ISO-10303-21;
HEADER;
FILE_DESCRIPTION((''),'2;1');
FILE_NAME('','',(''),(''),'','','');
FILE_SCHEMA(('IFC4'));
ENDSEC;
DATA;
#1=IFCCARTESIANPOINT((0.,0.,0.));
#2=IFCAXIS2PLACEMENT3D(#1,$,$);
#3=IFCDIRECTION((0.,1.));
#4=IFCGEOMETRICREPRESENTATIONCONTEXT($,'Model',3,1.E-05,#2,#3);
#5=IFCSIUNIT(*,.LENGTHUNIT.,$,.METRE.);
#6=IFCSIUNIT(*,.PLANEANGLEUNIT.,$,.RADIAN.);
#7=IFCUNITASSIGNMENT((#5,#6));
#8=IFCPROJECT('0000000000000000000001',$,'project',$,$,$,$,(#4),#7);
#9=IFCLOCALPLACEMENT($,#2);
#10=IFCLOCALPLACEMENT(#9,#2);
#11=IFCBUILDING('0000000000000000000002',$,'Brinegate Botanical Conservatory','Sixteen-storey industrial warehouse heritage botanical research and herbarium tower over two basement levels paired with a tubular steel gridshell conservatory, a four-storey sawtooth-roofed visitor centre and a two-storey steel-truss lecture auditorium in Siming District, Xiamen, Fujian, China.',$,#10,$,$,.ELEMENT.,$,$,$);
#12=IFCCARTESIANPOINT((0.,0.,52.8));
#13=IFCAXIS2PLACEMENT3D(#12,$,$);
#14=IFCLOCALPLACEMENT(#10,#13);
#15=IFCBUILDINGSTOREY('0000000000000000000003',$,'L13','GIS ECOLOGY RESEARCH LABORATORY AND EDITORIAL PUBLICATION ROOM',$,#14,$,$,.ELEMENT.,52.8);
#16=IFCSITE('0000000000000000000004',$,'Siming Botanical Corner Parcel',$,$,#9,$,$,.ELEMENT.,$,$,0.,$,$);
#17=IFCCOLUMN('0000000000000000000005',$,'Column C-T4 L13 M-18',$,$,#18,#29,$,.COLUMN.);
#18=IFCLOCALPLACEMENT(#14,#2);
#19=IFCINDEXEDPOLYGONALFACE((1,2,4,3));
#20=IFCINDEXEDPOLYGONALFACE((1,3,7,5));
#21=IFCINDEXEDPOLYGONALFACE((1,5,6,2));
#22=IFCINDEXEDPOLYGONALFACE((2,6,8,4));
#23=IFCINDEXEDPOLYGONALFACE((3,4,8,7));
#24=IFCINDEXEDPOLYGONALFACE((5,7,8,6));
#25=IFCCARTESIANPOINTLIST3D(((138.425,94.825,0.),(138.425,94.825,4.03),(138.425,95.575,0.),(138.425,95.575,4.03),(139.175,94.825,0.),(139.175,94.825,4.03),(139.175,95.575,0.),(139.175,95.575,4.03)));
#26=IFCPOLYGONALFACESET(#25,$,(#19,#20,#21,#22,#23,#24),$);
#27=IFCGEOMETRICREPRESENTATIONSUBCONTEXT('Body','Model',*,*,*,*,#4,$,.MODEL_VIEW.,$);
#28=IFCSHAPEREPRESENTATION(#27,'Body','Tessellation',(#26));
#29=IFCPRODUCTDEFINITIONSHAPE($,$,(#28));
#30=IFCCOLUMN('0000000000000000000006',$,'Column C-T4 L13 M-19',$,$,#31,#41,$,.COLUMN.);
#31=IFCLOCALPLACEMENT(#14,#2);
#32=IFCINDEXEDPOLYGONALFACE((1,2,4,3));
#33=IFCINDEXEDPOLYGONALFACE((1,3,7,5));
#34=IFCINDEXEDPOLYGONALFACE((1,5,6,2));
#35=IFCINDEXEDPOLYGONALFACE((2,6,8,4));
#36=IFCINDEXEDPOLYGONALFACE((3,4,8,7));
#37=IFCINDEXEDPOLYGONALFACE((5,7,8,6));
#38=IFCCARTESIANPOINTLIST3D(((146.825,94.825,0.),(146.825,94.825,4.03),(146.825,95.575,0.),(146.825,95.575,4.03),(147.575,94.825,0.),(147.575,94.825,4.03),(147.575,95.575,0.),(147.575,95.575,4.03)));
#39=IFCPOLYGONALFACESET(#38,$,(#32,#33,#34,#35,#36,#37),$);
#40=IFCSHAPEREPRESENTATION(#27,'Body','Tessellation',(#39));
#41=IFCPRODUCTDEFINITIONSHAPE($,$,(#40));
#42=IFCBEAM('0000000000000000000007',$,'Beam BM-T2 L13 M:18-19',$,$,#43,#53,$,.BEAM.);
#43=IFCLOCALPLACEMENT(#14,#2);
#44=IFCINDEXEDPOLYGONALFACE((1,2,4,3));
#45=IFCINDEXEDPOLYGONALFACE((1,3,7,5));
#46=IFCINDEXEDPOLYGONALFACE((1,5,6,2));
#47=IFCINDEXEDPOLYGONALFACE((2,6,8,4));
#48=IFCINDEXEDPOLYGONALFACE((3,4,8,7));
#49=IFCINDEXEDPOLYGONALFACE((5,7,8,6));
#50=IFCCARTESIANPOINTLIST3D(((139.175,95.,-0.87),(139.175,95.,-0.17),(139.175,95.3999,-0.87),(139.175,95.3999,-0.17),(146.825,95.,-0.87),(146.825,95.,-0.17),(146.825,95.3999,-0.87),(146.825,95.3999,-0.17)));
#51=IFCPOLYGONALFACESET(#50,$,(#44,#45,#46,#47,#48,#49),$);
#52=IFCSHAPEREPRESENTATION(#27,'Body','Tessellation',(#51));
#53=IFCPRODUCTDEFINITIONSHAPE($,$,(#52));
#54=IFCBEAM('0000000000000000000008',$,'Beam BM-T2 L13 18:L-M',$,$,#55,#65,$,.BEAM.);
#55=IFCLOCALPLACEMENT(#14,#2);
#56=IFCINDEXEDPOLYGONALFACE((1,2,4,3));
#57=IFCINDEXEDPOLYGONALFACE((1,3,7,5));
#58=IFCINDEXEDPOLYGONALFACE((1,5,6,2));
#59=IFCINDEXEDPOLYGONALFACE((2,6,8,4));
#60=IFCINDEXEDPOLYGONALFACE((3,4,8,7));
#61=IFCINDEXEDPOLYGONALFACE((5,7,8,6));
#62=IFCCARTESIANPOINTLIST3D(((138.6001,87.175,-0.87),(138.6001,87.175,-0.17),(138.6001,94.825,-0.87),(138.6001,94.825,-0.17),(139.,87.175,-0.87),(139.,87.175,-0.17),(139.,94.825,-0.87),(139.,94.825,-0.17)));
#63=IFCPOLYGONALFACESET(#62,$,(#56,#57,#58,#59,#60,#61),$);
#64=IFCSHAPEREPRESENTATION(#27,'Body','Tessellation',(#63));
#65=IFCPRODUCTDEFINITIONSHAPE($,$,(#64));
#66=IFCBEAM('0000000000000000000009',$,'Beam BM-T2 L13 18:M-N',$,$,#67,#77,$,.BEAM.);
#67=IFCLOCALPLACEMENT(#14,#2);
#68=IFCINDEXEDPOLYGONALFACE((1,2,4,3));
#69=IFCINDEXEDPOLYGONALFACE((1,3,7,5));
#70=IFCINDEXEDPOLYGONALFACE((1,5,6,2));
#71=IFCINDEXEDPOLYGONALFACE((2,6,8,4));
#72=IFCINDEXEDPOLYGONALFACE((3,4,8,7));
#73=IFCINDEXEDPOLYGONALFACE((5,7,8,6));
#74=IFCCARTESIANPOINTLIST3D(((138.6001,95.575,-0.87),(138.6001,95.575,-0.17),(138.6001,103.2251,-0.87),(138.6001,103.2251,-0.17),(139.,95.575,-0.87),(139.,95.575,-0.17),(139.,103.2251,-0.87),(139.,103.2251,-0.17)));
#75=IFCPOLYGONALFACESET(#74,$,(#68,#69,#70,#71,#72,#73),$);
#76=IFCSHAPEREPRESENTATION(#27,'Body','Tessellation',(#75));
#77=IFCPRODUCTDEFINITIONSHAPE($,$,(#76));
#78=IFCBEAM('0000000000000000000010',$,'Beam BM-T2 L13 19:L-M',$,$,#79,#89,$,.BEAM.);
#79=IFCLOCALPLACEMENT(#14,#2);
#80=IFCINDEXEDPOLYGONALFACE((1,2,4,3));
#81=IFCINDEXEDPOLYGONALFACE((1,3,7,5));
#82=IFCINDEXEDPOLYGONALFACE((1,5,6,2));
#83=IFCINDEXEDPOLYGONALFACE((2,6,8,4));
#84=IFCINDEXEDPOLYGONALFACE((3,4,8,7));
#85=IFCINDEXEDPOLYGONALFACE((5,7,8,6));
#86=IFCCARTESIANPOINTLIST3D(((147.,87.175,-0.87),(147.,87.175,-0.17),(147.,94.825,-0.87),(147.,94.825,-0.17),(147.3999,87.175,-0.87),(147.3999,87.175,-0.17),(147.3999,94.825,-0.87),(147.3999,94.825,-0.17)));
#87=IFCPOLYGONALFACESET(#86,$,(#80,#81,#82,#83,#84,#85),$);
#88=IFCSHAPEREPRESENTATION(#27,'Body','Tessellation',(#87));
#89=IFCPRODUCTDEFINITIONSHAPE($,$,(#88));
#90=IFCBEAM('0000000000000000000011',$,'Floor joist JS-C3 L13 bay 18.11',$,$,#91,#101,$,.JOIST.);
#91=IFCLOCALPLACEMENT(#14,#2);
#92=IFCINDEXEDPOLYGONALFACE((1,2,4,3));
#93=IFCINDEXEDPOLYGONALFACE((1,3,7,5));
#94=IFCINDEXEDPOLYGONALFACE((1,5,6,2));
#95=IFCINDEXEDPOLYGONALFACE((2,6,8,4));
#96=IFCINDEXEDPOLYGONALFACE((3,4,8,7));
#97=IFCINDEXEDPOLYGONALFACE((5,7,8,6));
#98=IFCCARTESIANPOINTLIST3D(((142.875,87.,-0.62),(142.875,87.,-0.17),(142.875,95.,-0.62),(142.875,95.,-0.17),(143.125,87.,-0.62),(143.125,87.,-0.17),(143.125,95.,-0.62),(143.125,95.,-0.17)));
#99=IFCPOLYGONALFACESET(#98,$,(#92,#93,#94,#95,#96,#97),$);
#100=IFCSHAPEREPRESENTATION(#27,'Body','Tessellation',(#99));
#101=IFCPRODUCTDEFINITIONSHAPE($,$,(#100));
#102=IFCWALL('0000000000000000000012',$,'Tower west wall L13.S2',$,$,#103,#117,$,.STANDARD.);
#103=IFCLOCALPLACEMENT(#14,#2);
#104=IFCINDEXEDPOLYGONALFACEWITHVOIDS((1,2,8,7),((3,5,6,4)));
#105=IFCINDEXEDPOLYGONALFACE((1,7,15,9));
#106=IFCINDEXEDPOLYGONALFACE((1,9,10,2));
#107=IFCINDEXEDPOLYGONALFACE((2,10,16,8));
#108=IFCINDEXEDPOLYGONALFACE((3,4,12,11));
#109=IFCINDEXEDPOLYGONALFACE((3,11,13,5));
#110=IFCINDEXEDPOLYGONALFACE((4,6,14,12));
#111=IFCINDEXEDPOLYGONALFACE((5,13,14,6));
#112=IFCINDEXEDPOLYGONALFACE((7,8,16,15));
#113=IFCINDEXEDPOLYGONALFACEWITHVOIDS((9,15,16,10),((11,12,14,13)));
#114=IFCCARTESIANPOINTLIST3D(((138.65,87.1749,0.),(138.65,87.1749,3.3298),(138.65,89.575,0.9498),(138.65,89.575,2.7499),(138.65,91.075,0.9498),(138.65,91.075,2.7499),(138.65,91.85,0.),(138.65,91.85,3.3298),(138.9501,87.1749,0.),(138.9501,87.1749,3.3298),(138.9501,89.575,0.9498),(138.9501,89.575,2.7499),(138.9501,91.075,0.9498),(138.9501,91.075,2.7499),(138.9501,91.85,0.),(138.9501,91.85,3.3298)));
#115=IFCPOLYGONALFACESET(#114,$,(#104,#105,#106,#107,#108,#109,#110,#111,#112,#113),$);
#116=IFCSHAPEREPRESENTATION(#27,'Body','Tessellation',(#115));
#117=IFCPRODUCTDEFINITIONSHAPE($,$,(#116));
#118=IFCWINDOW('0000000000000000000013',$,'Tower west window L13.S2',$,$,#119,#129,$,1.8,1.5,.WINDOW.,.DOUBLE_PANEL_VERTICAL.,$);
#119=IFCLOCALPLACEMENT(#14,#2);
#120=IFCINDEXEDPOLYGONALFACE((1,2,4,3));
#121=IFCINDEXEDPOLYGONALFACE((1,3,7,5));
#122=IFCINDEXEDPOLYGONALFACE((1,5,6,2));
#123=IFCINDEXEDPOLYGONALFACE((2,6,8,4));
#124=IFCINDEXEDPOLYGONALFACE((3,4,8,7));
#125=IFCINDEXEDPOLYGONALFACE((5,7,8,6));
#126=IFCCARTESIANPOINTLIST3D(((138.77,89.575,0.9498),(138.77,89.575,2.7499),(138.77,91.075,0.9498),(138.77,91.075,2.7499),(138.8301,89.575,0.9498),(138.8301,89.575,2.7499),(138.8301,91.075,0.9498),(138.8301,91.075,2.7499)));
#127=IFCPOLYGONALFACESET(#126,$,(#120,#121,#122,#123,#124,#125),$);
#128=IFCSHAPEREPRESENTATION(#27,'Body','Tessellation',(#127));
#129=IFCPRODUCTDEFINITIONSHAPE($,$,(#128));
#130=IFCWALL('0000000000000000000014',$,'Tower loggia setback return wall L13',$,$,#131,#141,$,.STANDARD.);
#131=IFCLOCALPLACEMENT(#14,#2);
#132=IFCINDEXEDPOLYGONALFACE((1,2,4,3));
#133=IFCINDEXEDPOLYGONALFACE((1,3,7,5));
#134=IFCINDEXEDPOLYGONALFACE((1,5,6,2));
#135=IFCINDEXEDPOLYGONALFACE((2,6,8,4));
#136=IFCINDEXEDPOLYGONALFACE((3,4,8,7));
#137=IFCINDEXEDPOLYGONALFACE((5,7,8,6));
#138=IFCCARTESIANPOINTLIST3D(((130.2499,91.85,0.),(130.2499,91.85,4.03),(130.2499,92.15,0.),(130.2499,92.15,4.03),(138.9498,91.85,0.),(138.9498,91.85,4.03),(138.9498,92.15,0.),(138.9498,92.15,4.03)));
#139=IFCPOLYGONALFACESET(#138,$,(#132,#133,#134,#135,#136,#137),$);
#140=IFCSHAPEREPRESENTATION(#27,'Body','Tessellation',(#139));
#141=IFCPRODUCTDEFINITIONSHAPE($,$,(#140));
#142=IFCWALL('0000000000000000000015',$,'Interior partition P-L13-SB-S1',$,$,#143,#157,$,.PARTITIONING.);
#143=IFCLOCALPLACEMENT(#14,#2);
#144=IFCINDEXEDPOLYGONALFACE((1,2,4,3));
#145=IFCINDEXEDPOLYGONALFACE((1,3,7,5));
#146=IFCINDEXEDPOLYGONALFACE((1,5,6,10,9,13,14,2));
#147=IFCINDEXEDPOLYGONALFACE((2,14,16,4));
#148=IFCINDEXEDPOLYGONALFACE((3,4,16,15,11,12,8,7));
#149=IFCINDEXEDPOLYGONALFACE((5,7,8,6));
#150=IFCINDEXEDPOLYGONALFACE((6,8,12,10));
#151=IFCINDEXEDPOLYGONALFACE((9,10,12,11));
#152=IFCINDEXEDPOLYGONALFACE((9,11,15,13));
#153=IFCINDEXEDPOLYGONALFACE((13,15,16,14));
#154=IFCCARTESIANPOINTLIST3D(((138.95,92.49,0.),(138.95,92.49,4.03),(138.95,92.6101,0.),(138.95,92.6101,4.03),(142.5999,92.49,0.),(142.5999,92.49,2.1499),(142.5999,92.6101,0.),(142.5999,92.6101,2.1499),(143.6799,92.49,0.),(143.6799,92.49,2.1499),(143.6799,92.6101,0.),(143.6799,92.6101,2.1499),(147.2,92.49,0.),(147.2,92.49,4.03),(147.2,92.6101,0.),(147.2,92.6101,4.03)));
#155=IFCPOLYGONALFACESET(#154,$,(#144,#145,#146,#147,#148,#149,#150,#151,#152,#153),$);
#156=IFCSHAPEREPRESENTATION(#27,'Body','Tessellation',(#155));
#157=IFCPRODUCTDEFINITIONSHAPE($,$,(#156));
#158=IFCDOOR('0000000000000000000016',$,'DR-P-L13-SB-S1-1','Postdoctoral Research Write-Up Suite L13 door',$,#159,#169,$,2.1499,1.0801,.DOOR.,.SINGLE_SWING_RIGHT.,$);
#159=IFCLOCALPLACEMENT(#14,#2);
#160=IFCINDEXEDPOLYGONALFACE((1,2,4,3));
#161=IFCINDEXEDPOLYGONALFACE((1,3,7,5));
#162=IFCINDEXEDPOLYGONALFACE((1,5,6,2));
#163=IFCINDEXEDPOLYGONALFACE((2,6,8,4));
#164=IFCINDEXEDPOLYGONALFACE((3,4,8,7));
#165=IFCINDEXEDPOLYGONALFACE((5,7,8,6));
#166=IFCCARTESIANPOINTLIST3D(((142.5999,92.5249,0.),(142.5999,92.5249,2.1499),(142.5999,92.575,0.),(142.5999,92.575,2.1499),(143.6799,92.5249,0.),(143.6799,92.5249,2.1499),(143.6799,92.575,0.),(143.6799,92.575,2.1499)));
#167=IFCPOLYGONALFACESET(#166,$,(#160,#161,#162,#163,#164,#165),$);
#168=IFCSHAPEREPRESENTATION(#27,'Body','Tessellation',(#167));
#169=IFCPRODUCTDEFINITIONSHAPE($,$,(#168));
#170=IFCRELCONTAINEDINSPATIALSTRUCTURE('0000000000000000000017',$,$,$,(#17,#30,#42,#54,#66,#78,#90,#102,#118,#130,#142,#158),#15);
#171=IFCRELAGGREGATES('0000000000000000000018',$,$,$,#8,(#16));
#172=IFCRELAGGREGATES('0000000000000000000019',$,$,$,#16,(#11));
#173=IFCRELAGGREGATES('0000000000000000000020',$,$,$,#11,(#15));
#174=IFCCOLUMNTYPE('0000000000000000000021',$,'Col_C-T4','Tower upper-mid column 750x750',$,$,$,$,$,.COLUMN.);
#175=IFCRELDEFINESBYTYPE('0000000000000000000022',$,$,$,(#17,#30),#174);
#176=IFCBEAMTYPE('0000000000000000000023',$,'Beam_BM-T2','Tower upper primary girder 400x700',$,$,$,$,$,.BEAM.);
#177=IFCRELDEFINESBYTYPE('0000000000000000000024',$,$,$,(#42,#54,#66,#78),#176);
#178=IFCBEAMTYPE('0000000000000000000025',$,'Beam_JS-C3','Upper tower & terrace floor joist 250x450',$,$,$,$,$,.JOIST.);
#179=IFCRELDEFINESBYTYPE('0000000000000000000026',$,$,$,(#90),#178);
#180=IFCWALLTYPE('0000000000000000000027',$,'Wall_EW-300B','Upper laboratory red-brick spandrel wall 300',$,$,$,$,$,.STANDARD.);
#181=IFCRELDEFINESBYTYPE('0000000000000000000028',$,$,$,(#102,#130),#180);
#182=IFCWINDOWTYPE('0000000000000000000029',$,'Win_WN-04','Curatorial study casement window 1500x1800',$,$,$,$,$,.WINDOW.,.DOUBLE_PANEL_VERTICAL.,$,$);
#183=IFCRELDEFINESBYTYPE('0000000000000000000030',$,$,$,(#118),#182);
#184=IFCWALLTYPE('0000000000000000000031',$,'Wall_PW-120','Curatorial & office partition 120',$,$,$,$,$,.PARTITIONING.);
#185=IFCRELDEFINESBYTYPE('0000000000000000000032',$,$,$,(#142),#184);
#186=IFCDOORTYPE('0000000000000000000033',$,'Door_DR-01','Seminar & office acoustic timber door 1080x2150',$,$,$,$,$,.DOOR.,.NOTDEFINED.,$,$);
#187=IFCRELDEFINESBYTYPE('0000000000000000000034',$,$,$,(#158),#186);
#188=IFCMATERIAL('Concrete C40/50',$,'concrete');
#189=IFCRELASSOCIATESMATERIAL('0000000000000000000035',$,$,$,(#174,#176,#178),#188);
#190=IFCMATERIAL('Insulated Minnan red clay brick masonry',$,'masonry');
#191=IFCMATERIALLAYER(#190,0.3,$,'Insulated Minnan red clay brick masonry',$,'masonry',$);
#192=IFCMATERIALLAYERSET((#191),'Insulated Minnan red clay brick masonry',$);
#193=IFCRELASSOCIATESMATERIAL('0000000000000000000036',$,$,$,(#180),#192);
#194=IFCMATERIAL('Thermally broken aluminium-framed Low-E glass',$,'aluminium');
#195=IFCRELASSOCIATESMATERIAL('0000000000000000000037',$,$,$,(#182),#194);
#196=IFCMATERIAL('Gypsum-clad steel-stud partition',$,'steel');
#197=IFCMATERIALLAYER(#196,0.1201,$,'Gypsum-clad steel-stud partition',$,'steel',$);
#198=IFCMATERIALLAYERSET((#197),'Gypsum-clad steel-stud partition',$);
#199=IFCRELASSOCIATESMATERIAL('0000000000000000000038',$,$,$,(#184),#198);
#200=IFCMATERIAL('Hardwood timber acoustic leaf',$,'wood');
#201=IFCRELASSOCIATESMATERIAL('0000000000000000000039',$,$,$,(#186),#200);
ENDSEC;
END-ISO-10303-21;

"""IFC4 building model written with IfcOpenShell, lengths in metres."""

from ifc_helpers import new_model, si_unit, direction, frame, frame_2d, origin, origin_2d, place, context, subcontext, project, spatial, rectangle, extrude, material, layer, layer_set, material_profile, profile_set, type_object, element, fill, save


model = new_model("IFC4")

# Units and contexts
model_context = context("Model", 3, precision=1e-05, world=origin(), true_north=direction((0.0, 1.0)))
body_context = subcontext(model_context, "Body", "Model", "MODEL_VIEW")
ifc_project = project(units=[si_unit("LENGTHUNIT", "METRE"), si_unit("PLANEANGLEUNIT", "RADIAN")], contexts=[model_context])

# Site, building, storey
site_placement = place(None, origin())
site = spatial("IfcSite", under=ifc_project, at=site_placement, Name="Siming Botanical Corner Parcel", CompositionType="ELEMENT", RefElevation=0.0)
building_placement = place(site_placement, origin())
building = spatial("IfcBuilding", under=site, at=building_placement, Name="Brinegate Botanical Conservatory", Description="Sixteen-storey industrial warehouse heritage botanical research and herbarium tower over two basement levels paired with a tubular steel gridshell conservatory, a four-storey sawtooth-roofed visitor centre and a two-storey steel-truss lecture auditorium in Siming District, Xiamen, Fujian, China.", CompositionType="ELEMENT")
storey_placement = place(building_placement, frame((0.0, 0.0, 52.8)))
storey = spatial("IfcBuildingStorey", under=building, at=storey_placement, Name="L13", Description="GIS ECOLOGY RESEARCH LABORATORY AND EDITORIAL PUBLICATION ROOM", CompositionType="ELEMENT", Elevation=52.8)

# Columns
ifc_material_1 = material(Name="Concrete C40/50", Category="concrete")
ifc_material_profile_1 = material_profile(ifc_material_1, rectangle(XDim=0.75, YDim=0.75, at=origin_2d()), Name="RC COL 750x750")
ifc_profile_set_1 = profile_set([ifc_material_profile_1], Name="Concrete C40/50")
column_type = type_object("IfcColumnType", Name="Col_C-T4", Description="Tower upper-mid column 750x750", PredefinedType="COLUMN", material=ifc_profile_set_1)
for number, where, z_axis, x_axis, name in (
    (1, (138.8, 95.2, 0.0), (0.0, 0.0, 1.0), (1.0, 0.0, 0.0), "Column C-T4 L13 M-18"),
    (2, (147.2, 95.2, 0.0), (0.0, 0.0, 1.0), (1.0, 0.0, 0.0), "Column C-T4 L13 M-19"),
):
    element("IfcColumn", number, at=place(storey_placement, frame(where, z_axis=z_axis, x_axis=x_axis)), inside=storey, type_object=column_type, Name=name, PredefinedType="COLUMN", context=body_context, shape_type="SweptSolid", body=[
        extrude(rectangle(XDim=0.75, YDim=0.75, at=origin_2d()), origin(), (0.0, 0.0, 1.0), 4.03),
    ])

# Beams
ifc_material_profile_2 = material_profile(ifc_material_1, rectangle(XDim=0.3999, YDim=0.7, at=origin_2d()), Name="RC BM 400x700")
ifc_profile_set_2 = profile_set([ifc_material_profile_2], Name="Concrete C40/50")
beam_type_1 = type_object("IfcBeamType", Name="Beam_BM-T2", Description="Tower upper primary girder 400x700", PredefinedType="BEAM", material=ifc_profile_set_2)
for number, where, z_axis, x_axis, name in (
    (3, (139.175, 95.2, -0.52), (1.0, 0.0, 0.0), (0.0, 1.0, 0.0), "Beam BM-T2 L13 M:18-19"),
    (4, (138.8, 87.175, -0.52), (0.0, 1.0, 0.0), (-1.0, 0.0, 0.0), "Beam BM-T2 L13 18:L-M"),
):
    element("IfcBeam", number, at=place(storey_placement, frame(where, z_axis=z_axis, x_axis=x_axis)), inside=storey, type_object=beam_type_1, Name=name, PredefinedType="BEAM", context=body_context, shape_type="SweptSolid", body=[
        extrude(rectangle(XDim=0.3999, YDim=0.7, at=origin_2d()), origin(), (0.0, 0.0, 1.0), 7.6499),
    ])
beam_1_placement = place(storey_placement, frame((138.8, 95.575, -0.52), z_axis=(0.0, 1.0, 0.0), x_axis=(-1.0, 0.0, 0.0)))
element("IfcBeam", 5, at=beam_1_placement, inside=storey, type_object=beam_type_1, Name="Beam BM-T2 L13 18:M-N", PredefinedType="BEAM", context=body_context, shape_type="SweptSolid", body=[
    extrude(rectangle(XDim=0.3999, YDim=0.7, at=origin_2d()), origin(), (0.0, 0.0, 1.0), 7.6501),
])
beam_2_placement = place(storey_placement, frame((147.2, 87.175, -0.52), z_axis=(0.0, 1.0, 0.0), x_axis=(-1.0, 0.0, 0.0)))
element("IfcBeam", 6, at=beam_2_placement, inside=storey, type_object=beam_type_1, Name="Beam BM-T2 L13 19:L-M", PredefinedType="BEAM", context=body_context, shape_type="SweptSolid", body=[
    extrude(rectangle(XDim=0.3999, YDim=0.7, at=origin_2d()), origin(), (0.0, 0.0, 1.0), 7.6499),
])
ifc_material_profile_3 = material_profile(ifc_material_1, rectangle(XDim=0.25, YDim=0.45, at=origin_2d()), Name="RC JST 250x450")
ifc_profile_set_3 = profile_set([ifc_material_profile_3], Name="Concrete C40/50")
beam_type_2 = type_object("IfcBeamType", Name="Beam_JS-C3", Description="Upper tower & terrace floor joist 250x450", PredefinedType="JOIST", material=ifc_profile_set_3)
beam_3_placement = place(storey_placement, frame((143.0, 87.0, -0.395), z_axis=(0.0, 1.0, 0.0), x_axis=(-1.0, 0.0, 0.0)))
element("IfcBeam", 7, at=beam_3_placement, inside=storey, type_object=beam_type_2, Name="Floor joist JS-C3 L13 bay 18.11", PredefinedType="JOIST", context=body_context, shape_type="SweptSolid", body=[
    extrude(rectangle(XDim=0.25, YDim=0.45, at=origin_2d()), origin(), (0.0, 0.0, 1.0), 8.0),
])

# Wall, opening, window
ifc_material_2 = material(Name="Insulated Minnan red clay brick masonry", Category="masonry")
ifc_layer_1 = layer(ifc_material_2, 0.3, Name="Insulated Minnan red clay brick masonry", Category="masonry")
ifc_layer_set_1 = layer_set([ifc_layer_1], Name="Insulated Minnan red clay brick masonry")
wall_type_1 = type_object("IfcWallType", Name="Wall_EW-300B", Description="Upper laboratory red-brick spandrel wall 300", PredefinedType="STANDARD", material=ifc_layer_set_1)
wall_1_placement = place(storey_placement, frame((138.8, 87.175, 0.0), z_axis=(0.0, 0.0, 1.0), x_axis=(0.0, 1.0, 0.0)))
wall_1 = element("IfcWall", 8, at=wall_1_placement, inside=storey, type_object=wall_type_1, Name="Tower west wall L13.S2", PredefinedType="STANDARD", context=body_context, shape_type="SweptSolid", body=[
    extrude(rectangle(XDim=4.675, YDim=0.3, at=frame_2d((2.3374, 0.0))), origin(), (0.0, 0.0, 1.0), 3.3298),
])
opening_1_placement = place(wall_1_placement, frame((2.3999, 0.0, 0.95)))
opening_1 = element("IfcOpeningElement", 9, at=opening_1_placement, cuts=wall_1, PredefinedType="OPENING", context=body_context, shape_type="SweptSolid", body=[
    extrude(rectangle(XDim=1.5, YDim=1.8, at=frame_2d((0.75, 0.8999))), frame((0.0, 0.1599, 0.0), z_axis=(0.0, -1.0, 0.0), x_axis=(1.0, 0.0, 0.0)), (0.0, 0.0, 1.0), 0.3201),
])
ifc_material_3 = material(Name="Thermally broken aluminium-framed Low-E glass", Category="aluminium")
window_type = type_object("IfcWindowType", Name="Win_WN-04", Description="Curatorial study casement window 1500x1800", PartitioningType="DOUBLE_PANEL_VERTICAL", PredefinedType="WINDOW", material=ifc_material_3)
window_placement = place(opening_1_placement, origin())
window = element("IfcWindow", 10, at=window_placement, inside=storey, type_object=window_type, Name="Tower west window L13.S2", OverallHeight=1.8, OverallWidth=1.5, PartitioningType="DOUBLE_PANEL_VERTICAL", PredefinedType="WINDOW", context=body_context, shape_type="SweptSolid", body=[
    extrude(rectangle(XDim=1.5, YDim=1.8, at=frame_2d((0.75, 0.8999))), frame((0.0, 0.03, 0.0), z_axis=(0.0, -1.0, 0.0), x_axis=(1.0, 0.0, 0.0)), (0.0, 0.0, 1.0), 0.0601),
])
fill(opening_1, window)

# Wall
wall_2_placement = place(storey_placement, frame((138.95, 92.0, 0.0), z_axis=(0.0, 0.0, 1.0), x_axis=(-1.0, 0.0, 0.0)))
element("IfcWall", 11, at=wall_2_placement, inside=storey, type_object=wall_type_1, Name="Tower loggia setback return wall L13", PredefinedType="STANDARD", context=body_context, shape_type="SweptSolid", body=[
    extrude(rectangle(XDim=8.7, YDim=0.3, at=frame_2d((4.3501, 0.0))), origin(), (0.0, 0.0, 1.0), 4.03),
])

# Wall, opening, door
ifc_material_4 = material(Name="Gypsum-clad steel-stud partition", Category="steel")
ifc_layer_2 = layer(ifc_material_4, 0.1201, Name="Gypsum-clad steel-stud partition", Category="steel")
ifc_layer_set_2 = layer_set([ifc_layer_2], Name="Gypsum-clad steel-stud partition")
wall_type_2 = type_object("IfcWallType", Name="Wall_PW-120", Description="Curatorial & office partition 120", PredefinedType="PARTITIONING", material=ifc_layer_set_2)
wall_3_placement = place(storey_placement, frame((138.95, 92.55, 0.0), z_axis=(0.0, 0.0, 1.0), x_axis=(1.0, 0.0, 0.0)))
wall_3 = element("IfcWall", 12, at=wall_3_placement, inside=storey, type_object=wall_type_2, Name="Interior partition P-L13-SB-S1", PredefinedType="PARTITIONING", context=body_context, shape_type="SweptSolid", body=[
    extrude(rectangle(XDim=8.25, YDim=0.1201, at=frame_2d((4.125, 0.0))), origin(), (0.0, 0.0, 1.0), 4.03),
])
opening_2_placement = place(wall_3_placement, frame((3.6499, 0.0, 0.0)))
opening_2 = element("IfcOpeningElement", 13, at=opening_2_placement, cuts=wall_3, PredefinedType="OPENING", context=body_context, shape_type="SweptSolid", body=[
    extrude(rectangle(XDim=1.0801, YDim=2.1499, at=frame_2d((0.54, 1.075))), frame((0.0, 0.0701, 0.0), z_axis=(0.0, -1.0, 0.0), x_axis=(1.0, 0.0, 0.0)), (0.0, 0.0, 1.0), 0.1401),
])
ifc_material_5 = material(Name="Hardwood timber acoustic leaf", Category="wood")
door_type_1 = type_object("IfcDoorType", Name="Door_DR-01", Description="Seminar & office acoustic timber door 1080x2150", OperationType="NOTDEFINED", PredefinedType="DOOR", material=ifc_material_5)
door_1_placement = place(opening_2_placement, origin())
door_1 = element("IfcDoor", 14, at=door_1_placement, inside=storey, type_object=door_type_1, Name="DR-P-L13-SB-S1-1", Description="Postdoctoral Research Write-Up Suite L13 door", OperationType="SINGLE_SWING_RIGHT", OverallHeight=2.1499, OverallWidth=1.0801, PredefinedType="DOOR", context=body_context, shape_type="SweptSolid", body=[
    extrude(rectangle(XDim=1.0801, YDim=2.1499, at=frame_2d((0.54, 1.075))), frame((0.0, 0.0249, 0.0), z_axis=(0.0, -1.0, 0.0), x_axis=(1.0, 0.0, 0.0)), (0.0, 0.0, 1.0), 0.05),
])
fill(opening_2, door_1)

save(model, "model.ifc")
